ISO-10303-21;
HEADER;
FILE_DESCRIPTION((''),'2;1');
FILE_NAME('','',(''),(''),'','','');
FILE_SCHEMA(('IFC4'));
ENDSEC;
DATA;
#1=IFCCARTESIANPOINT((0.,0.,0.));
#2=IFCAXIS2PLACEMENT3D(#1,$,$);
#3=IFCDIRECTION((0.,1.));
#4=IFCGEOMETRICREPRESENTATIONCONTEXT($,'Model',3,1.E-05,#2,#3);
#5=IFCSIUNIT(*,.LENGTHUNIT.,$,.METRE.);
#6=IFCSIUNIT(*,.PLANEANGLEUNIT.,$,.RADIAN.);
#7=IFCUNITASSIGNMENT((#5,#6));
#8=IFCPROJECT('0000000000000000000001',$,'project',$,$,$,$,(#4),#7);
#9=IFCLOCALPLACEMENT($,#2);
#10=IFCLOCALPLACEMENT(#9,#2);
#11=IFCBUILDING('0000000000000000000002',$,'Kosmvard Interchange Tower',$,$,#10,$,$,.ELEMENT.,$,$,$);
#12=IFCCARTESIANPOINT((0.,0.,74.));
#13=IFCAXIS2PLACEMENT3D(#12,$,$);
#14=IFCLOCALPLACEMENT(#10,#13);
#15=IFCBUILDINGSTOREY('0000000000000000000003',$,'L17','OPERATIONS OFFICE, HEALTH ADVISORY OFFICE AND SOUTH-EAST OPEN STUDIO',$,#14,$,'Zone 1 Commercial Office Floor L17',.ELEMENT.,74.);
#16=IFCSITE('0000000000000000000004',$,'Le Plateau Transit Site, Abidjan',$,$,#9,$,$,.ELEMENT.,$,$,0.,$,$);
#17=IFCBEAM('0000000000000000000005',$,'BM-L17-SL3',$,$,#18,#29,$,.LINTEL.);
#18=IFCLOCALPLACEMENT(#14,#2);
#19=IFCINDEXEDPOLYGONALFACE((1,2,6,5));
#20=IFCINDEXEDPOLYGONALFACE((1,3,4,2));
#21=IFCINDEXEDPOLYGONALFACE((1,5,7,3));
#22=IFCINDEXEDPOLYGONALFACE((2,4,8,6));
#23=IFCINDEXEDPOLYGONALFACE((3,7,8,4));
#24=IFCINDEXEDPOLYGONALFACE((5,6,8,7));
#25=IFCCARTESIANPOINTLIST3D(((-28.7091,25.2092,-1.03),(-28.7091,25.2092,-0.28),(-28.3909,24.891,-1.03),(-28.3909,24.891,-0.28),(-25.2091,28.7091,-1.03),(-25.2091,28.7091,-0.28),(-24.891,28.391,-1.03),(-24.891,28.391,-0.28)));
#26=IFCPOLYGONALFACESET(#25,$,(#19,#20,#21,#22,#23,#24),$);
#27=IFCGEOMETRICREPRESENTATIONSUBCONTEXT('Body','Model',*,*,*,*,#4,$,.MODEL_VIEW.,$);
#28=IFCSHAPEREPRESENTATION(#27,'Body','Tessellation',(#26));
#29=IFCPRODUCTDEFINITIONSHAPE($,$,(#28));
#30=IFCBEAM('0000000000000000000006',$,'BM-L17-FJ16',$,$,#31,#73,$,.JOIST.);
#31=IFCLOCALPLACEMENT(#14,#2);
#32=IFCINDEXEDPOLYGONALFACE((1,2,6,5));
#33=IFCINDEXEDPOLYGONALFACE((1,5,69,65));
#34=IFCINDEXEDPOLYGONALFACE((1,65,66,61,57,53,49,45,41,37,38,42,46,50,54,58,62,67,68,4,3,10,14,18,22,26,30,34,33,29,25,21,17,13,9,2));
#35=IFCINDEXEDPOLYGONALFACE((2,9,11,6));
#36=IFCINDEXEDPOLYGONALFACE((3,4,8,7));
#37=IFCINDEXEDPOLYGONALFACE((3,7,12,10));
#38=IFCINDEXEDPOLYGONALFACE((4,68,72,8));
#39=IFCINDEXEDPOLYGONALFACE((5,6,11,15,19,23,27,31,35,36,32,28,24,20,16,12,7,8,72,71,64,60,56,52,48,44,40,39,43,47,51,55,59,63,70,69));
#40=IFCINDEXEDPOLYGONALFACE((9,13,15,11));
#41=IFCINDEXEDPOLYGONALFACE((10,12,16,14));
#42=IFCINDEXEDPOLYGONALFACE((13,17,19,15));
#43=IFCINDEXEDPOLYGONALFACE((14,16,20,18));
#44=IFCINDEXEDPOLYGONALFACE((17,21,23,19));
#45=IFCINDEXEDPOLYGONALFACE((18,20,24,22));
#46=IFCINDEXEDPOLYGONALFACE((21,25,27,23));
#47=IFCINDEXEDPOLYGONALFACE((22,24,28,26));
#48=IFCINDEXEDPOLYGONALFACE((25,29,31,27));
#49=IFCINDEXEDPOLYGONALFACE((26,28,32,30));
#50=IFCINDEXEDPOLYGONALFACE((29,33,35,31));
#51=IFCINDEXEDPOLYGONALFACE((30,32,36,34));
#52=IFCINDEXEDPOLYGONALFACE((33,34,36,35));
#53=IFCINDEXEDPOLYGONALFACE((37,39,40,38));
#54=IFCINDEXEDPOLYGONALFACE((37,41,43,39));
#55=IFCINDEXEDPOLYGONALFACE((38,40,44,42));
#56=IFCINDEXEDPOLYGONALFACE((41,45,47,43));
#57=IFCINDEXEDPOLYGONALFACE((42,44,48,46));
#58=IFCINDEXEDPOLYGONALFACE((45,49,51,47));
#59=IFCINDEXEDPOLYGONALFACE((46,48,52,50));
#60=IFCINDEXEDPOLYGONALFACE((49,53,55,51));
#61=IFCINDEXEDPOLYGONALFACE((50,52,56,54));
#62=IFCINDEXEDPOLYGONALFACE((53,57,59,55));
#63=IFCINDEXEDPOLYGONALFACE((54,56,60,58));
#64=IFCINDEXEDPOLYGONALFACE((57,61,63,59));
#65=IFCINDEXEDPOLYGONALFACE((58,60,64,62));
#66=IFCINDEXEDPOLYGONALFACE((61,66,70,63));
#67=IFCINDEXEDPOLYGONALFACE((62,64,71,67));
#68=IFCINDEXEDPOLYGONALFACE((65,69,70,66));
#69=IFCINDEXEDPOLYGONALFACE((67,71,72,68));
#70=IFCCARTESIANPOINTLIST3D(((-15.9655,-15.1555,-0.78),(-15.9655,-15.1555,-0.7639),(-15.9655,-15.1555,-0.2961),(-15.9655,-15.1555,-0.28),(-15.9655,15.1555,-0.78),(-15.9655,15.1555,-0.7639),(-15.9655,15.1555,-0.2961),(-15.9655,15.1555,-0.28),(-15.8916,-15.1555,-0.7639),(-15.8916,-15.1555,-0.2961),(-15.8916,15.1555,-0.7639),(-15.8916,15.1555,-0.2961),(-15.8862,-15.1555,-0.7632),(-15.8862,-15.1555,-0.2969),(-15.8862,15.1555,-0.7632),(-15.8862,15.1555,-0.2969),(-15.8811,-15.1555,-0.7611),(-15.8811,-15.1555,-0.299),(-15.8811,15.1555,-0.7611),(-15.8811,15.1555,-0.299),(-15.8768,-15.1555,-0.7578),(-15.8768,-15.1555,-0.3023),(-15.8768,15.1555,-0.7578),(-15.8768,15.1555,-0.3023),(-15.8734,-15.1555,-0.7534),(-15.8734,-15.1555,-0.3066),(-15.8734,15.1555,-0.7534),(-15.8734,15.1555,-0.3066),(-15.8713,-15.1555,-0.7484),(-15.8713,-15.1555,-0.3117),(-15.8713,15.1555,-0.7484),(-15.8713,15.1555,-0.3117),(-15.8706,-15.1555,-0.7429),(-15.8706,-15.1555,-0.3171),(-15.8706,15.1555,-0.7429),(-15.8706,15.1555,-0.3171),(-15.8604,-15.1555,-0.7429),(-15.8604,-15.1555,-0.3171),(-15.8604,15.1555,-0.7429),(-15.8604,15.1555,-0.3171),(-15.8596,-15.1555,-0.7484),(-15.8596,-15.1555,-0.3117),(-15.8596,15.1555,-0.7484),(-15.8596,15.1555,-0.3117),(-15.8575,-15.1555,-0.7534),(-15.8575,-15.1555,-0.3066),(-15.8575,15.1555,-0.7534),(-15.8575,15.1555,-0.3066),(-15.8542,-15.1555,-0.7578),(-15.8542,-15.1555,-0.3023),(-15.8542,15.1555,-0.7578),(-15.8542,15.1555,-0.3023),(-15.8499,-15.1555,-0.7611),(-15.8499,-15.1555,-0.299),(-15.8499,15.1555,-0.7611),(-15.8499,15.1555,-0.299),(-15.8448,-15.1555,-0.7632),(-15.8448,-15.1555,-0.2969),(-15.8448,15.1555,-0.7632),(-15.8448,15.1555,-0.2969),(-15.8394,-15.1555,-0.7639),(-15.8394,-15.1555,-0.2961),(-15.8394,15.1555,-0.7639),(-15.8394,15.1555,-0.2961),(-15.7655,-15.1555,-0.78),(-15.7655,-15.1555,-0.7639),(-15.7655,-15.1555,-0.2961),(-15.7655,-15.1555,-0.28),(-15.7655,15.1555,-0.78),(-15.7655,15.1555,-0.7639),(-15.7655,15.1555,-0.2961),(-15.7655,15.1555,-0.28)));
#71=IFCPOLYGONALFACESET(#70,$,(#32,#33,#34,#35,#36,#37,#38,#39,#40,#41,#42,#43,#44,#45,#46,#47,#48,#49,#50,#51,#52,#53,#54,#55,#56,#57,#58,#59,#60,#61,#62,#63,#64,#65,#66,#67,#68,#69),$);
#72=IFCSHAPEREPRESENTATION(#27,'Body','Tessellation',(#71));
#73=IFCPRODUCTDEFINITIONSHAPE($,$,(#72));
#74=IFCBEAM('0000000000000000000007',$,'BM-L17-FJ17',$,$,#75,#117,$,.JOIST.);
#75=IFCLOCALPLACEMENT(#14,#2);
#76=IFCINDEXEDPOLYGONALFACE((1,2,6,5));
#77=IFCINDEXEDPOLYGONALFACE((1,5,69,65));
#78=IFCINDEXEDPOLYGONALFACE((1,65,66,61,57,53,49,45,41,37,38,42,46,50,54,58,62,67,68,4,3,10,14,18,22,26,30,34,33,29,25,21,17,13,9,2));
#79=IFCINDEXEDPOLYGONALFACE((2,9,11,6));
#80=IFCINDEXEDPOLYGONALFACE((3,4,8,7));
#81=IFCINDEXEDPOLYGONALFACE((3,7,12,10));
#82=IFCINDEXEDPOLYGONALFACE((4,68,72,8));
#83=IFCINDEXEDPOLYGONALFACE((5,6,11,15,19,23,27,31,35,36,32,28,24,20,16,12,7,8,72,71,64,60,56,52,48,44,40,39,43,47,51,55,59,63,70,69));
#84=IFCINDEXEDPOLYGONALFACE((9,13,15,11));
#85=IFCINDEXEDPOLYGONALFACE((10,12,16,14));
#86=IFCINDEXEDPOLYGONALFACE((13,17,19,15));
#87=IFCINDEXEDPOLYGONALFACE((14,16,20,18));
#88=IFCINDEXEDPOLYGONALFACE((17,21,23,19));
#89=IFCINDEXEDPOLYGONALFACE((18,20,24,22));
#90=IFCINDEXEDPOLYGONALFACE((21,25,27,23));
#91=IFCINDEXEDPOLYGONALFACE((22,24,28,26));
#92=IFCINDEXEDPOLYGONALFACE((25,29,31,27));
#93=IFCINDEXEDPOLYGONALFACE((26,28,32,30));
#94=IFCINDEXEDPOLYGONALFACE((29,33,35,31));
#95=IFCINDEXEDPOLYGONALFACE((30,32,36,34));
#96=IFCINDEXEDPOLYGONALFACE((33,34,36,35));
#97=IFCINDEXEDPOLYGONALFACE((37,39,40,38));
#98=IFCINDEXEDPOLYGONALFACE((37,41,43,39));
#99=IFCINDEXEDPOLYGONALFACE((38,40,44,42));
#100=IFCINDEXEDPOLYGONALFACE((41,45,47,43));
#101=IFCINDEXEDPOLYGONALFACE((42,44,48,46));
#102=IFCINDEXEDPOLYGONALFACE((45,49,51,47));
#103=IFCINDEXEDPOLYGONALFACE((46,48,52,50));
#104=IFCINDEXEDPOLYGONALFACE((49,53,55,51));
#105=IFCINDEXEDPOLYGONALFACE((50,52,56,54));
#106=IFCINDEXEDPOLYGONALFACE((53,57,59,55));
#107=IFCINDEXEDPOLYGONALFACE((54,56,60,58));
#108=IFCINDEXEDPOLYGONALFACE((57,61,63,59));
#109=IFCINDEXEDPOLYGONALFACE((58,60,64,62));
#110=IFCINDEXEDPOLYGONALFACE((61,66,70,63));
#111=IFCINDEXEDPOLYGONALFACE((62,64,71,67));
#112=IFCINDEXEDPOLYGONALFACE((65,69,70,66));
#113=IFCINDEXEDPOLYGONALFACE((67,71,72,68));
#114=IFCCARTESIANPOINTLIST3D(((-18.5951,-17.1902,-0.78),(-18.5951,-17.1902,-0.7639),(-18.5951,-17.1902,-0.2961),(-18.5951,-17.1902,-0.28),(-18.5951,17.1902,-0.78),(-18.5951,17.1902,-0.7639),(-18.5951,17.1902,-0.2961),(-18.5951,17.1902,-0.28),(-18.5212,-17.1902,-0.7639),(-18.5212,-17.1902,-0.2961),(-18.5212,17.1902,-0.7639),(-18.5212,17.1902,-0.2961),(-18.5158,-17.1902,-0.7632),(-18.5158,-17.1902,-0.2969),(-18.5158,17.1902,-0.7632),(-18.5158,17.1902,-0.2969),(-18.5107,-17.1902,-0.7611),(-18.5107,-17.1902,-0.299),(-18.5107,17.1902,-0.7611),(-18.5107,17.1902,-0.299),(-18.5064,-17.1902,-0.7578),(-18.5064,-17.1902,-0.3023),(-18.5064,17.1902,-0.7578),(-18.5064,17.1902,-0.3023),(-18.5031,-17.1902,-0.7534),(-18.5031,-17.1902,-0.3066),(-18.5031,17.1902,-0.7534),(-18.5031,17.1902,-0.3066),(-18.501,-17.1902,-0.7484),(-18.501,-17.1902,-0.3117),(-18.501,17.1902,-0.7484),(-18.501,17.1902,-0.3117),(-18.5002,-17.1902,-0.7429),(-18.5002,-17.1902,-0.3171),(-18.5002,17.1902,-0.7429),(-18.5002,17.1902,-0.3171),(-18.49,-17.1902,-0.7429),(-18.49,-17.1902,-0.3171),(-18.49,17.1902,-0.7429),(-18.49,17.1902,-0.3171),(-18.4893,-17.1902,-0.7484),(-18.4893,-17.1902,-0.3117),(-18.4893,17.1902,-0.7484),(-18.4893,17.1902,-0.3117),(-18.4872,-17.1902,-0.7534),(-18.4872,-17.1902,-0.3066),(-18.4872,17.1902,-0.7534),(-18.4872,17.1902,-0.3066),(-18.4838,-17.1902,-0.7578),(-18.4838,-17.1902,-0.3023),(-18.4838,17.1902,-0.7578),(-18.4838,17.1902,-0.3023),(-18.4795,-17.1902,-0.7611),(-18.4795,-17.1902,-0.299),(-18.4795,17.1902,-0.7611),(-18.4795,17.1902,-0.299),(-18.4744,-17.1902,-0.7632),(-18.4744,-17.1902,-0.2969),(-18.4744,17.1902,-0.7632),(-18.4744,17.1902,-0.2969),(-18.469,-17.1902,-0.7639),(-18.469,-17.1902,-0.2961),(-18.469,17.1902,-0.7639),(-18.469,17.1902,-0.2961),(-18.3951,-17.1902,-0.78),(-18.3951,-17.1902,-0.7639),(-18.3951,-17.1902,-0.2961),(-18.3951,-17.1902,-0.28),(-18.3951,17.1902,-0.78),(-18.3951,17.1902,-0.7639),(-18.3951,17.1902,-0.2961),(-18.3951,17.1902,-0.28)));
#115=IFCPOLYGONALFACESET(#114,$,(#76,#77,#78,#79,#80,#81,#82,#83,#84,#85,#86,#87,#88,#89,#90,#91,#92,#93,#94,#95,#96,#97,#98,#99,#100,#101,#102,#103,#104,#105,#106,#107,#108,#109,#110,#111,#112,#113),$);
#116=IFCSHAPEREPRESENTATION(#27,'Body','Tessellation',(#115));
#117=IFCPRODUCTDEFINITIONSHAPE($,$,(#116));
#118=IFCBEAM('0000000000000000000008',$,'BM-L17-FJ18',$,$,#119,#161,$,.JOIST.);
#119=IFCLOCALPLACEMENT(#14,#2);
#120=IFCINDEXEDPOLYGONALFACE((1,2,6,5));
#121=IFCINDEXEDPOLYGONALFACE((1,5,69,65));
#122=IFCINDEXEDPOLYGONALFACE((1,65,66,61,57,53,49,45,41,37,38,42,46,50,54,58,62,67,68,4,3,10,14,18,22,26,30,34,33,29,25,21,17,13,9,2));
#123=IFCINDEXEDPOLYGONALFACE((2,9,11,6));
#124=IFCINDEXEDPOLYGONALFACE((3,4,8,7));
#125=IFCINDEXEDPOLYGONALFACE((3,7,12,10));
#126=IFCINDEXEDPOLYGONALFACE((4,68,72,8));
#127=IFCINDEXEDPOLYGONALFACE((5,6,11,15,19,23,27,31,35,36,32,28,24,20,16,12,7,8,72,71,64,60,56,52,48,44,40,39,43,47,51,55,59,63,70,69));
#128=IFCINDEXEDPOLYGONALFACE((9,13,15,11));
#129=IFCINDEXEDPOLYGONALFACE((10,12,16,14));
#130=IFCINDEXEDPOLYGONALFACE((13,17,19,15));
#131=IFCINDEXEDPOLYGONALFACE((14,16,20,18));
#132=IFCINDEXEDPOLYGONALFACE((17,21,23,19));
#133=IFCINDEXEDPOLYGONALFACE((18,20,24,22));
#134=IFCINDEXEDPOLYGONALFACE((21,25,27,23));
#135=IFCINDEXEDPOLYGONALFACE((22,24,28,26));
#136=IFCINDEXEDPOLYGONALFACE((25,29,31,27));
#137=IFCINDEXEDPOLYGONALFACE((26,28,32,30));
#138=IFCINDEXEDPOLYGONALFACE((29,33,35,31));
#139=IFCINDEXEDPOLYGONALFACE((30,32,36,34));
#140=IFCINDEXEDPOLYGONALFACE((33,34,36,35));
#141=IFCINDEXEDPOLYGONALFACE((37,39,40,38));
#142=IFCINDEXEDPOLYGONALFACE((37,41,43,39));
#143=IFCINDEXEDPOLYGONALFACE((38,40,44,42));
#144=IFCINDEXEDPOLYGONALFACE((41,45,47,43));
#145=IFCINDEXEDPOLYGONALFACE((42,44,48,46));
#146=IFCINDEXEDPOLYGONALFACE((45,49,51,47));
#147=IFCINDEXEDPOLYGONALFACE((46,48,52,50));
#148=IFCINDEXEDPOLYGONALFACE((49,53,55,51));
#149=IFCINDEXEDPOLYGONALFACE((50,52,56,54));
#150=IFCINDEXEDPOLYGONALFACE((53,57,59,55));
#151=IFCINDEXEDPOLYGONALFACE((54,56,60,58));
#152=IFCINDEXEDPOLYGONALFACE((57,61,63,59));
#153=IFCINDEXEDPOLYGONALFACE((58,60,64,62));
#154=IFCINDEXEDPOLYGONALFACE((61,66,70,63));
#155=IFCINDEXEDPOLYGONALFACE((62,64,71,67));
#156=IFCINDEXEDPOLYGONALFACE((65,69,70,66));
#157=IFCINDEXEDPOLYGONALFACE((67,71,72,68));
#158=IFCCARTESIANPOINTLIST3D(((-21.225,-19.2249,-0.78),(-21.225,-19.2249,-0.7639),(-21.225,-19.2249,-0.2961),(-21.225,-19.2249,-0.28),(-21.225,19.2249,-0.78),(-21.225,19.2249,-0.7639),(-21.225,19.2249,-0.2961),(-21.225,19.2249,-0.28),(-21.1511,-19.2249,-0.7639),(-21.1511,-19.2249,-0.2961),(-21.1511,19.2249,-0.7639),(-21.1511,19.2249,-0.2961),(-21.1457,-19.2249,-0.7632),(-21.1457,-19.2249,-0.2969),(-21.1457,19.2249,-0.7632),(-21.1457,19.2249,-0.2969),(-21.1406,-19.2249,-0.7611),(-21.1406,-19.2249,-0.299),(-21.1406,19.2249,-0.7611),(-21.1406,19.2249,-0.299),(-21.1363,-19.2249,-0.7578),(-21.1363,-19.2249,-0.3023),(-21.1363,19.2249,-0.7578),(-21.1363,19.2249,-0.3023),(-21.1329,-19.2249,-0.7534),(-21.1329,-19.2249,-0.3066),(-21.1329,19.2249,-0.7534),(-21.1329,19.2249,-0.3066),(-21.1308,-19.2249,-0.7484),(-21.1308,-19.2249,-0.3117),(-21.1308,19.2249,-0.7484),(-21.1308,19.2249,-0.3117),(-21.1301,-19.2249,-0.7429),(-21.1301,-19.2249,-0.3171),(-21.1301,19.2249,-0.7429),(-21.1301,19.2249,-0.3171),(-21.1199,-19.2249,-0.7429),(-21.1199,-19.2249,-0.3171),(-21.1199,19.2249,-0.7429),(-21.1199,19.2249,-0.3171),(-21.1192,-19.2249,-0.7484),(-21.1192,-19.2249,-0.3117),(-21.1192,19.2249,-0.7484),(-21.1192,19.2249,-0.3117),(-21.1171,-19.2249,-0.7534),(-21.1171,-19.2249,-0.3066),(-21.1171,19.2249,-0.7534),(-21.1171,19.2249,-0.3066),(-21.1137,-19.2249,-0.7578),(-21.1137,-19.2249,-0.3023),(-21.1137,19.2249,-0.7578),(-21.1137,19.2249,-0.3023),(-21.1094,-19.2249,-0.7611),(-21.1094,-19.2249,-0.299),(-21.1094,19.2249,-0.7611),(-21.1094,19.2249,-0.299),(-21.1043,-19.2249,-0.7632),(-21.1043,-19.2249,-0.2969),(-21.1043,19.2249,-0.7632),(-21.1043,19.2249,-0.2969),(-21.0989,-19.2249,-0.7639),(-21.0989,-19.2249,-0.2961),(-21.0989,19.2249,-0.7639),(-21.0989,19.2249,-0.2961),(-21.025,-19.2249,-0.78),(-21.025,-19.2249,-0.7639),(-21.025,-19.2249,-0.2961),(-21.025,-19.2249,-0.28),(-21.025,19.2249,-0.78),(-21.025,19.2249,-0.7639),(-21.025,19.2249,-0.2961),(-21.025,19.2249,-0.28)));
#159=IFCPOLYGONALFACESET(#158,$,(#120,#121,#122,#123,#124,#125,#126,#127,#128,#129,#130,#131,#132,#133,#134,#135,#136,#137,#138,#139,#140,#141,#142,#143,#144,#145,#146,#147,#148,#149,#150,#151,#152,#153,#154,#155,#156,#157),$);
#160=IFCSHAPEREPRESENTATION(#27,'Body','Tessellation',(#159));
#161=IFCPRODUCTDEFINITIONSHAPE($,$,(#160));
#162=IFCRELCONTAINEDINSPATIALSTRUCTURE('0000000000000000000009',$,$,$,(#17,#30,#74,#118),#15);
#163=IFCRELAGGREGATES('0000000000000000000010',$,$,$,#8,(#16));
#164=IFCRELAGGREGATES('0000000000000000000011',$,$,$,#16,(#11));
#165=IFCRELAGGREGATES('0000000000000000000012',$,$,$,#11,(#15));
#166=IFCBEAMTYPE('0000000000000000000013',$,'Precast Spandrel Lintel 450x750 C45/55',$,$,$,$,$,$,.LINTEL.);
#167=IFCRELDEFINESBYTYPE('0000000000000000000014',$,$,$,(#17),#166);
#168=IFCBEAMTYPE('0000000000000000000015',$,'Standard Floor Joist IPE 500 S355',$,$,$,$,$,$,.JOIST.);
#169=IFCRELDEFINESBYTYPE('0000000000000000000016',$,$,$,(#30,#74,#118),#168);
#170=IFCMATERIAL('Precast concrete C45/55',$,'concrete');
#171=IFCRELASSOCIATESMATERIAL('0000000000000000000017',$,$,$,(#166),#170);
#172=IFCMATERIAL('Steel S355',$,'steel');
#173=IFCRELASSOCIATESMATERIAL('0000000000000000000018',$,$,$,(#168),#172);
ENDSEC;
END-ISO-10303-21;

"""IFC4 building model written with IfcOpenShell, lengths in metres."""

from ifc_helpers import new_model, si_unit, direction, frame, origin, origin_2d, place, context, subcontext, project, spatial, rectangle, i_section, extrude, source, transform, mapped, material, material_profile, profile_set, type_object, element, save


model = new_model("IFC4")

# Units and contexts
model_context = context("Model", 3, precision=1e-05, world=origin(), true_north=direction((0.0, 1.0)))
body_context = subcontext(model_context, "Body", "Model", "MODEL_VIEW")
ifc_project = project(units=[si_unit("LENGTHUNIT", "METRE"), si_unit("PLANEANGLEUNIT", "RADIAN")], contexts=[model_context])

# Site, building, storey
site_placement = place(None, origin())
site = spatial("IfcSite", under=ifc_project, at=site_placement, Name="Le Plateau Transit Site, Abidjan", CompositionType="ELEMENT", RefElevation=0.0)
building_placement = place(site_placement, origin())
building = spatial("IfcBuilding", under=site, at=building_placement, Name="Kosmvard Interchange Tower", CompositionType="ELEMENT")
storey_placement = place(building_placement, frame((0.0, 0.0, 74.0)))
storey = spatial("IfcBuildingStorey", under=building, at=storey_placement, Name="L17", Description="OPERATIONS OFFICE, HEALTH ADVISORY OFFICE AND SOUTH-EAST OPEN STUDIO", LongName="Zone 1 Commercial Office Floor L17", CompositionType="ELEMENT", Elevation=74.0)

# Beams
ifc_material_1 = material(Name="Steel S355", Category="steel")
ifc_material_2 = material(Name="Precast concrete C45/55", Category="concrete")
ifc_material_profile_1 = material_profile(ifc_material_2, rectangle(XDim=0.45, YDim=0.75, at=origin_2d()), Name="SL 450x750")
ifc_profile_set_1 = profile_set([ifc_material_profile_1], Name="Precast concrete C45/55")
beam_type_1 = type_object("IfcBeamType", Name="Precast Spandrel Lintel 450x750 C45/55", PredefinedType="LINTEL", material=ifc_profile_set_1)
shared_shape_1 = source(origin(), body_context, "Body", "SweptSolid", [
    extrude(rectangle(XDim=0.45, YDim=0.75, at=origin_2d()), origin(), (0.0, 0.0, 1.0), 4.9497),
])
beam_1_placement = place(storey_placement, frame((-25.05, 28.55, -0.655), z_axis=(-0.707107, -0.707107, 0.0), x_axis=(0.707107, -0.707107, 0.0)))
element("IfcBeam", 1, at=beam_1_placement, inside=storey, type_object=beam_type_1, Name="BM-L17-SL3", PredefinedType="LINTEL", context=body_context, shape_type="MappedRepresentation", body=[
    mapped(shared_shape_1, transform((0.0, 0.0, 0.0), scale=1.0)),
])
ifc_material_profile_2 = material_profile(ifc_material_1, i_section(OverallWidth=0.2, OverallDepth=0.5, WebThickness=0.0103, FlangeThickness=0.0161, FilletRadius=0.021, at=origin_2d()), Name="IPE 500")
ifc_profile_set_2 = profile_set([ifc_material_profile_2], Name="Steel S355")
beam_type_2 = type_object("IfcBeamType", Name="Standard Floor Joist IPE 500 S355", PredefinedType="JOIST", material=ifc_profile_set_2)
shared_shape_2 = source(origin(), body_context, "Body", "SweptSolid", [
    extrude(i_section(OverallWidth=0.2, OverallDepth=0.5, WebThickness=0.0103, FlangeThickness=0.0161, FilletRadius=0.021, at=origin_2d()), origin(), (0.0, 0.0, 1.0), 30.311),
])
beam_2_placement = place(storey_placement, frame((-15.8655, 15.1555, -0.53), z_axis=(0.0, -1.0, 0.0), x_axis=(1.0, 0.0, 0.0)))
element("IfcBeam", 2, at=beam_2_placement, inside=storey, type_object=beam_type_2, Name="BM-L17-FJ16", PredefinedType="JOIST", context=body_context, shape_type="MappedRepresentation", body=[
    mapped(shared_shape_2, transform((0.0, 0.0, 0.0), scale=1.0)),
])
shared_shape_3 = source(origin(), body_context, "Body", "SweptSolid", [
    extrude(i_section(OverallWidth=0.2, OverallDepth=0.5, WebThickness=0.0103, FlangeThickness=0.0161, FilletRadius=0.021, at=origin_2d()), origin(), (0.0, 0.0, 1.0), 34.3804),
])
beam_3_placement = place(storey_placement, frame((-18.4951, 17.1902, -0.53), z_axis=(0.0, -1.0, 0.0), x_axis=(1.0, 0.0, 0.0)))
element("IfcBeam", 3, at=beam_3_placement, inside=storey, type_object=beam_type_2, Name="BM-L17-FJ17", PredefinedType="JOIST", context=body_context, shape_type="MappedRepresentation", body=[
    mapped(shared_shape_3, transform((0.0, 0.0, 0.0), scale=1.0)),
])
shared_shape_4 = source(origin(), body_context, "Body", "SweptSolid", [
    extrude(i_section(OverallWidth=0.2, OverallDepth=0.5, WebThickness=0.0103, FlangeThickness=0.0161, FilletRadius=0.021, at=origin_2d()), origin(), (0.0, 0.0, 1.0), 38.4497),
])
beam_4_placement = place(storey_placement, frame((-21.125, 19.2249, -0.53), z_axis=(0.0, -1.0, 0.0), x_axis=(1.0, 0.0, 0.0)))
element("IfcBeam", 4, at=beam_4_placement, inside=storey, type_object=beam_type_2, Name="BM-L17-FJ18", PredefinedType="JOIST", context=body_context, shape_type="MappedRepresentation", body=[
    mapped(shared_shape_4, transform((0.0, 0.0, 0.0), scale=1.0)),
])

save(model, "model.ifc")
